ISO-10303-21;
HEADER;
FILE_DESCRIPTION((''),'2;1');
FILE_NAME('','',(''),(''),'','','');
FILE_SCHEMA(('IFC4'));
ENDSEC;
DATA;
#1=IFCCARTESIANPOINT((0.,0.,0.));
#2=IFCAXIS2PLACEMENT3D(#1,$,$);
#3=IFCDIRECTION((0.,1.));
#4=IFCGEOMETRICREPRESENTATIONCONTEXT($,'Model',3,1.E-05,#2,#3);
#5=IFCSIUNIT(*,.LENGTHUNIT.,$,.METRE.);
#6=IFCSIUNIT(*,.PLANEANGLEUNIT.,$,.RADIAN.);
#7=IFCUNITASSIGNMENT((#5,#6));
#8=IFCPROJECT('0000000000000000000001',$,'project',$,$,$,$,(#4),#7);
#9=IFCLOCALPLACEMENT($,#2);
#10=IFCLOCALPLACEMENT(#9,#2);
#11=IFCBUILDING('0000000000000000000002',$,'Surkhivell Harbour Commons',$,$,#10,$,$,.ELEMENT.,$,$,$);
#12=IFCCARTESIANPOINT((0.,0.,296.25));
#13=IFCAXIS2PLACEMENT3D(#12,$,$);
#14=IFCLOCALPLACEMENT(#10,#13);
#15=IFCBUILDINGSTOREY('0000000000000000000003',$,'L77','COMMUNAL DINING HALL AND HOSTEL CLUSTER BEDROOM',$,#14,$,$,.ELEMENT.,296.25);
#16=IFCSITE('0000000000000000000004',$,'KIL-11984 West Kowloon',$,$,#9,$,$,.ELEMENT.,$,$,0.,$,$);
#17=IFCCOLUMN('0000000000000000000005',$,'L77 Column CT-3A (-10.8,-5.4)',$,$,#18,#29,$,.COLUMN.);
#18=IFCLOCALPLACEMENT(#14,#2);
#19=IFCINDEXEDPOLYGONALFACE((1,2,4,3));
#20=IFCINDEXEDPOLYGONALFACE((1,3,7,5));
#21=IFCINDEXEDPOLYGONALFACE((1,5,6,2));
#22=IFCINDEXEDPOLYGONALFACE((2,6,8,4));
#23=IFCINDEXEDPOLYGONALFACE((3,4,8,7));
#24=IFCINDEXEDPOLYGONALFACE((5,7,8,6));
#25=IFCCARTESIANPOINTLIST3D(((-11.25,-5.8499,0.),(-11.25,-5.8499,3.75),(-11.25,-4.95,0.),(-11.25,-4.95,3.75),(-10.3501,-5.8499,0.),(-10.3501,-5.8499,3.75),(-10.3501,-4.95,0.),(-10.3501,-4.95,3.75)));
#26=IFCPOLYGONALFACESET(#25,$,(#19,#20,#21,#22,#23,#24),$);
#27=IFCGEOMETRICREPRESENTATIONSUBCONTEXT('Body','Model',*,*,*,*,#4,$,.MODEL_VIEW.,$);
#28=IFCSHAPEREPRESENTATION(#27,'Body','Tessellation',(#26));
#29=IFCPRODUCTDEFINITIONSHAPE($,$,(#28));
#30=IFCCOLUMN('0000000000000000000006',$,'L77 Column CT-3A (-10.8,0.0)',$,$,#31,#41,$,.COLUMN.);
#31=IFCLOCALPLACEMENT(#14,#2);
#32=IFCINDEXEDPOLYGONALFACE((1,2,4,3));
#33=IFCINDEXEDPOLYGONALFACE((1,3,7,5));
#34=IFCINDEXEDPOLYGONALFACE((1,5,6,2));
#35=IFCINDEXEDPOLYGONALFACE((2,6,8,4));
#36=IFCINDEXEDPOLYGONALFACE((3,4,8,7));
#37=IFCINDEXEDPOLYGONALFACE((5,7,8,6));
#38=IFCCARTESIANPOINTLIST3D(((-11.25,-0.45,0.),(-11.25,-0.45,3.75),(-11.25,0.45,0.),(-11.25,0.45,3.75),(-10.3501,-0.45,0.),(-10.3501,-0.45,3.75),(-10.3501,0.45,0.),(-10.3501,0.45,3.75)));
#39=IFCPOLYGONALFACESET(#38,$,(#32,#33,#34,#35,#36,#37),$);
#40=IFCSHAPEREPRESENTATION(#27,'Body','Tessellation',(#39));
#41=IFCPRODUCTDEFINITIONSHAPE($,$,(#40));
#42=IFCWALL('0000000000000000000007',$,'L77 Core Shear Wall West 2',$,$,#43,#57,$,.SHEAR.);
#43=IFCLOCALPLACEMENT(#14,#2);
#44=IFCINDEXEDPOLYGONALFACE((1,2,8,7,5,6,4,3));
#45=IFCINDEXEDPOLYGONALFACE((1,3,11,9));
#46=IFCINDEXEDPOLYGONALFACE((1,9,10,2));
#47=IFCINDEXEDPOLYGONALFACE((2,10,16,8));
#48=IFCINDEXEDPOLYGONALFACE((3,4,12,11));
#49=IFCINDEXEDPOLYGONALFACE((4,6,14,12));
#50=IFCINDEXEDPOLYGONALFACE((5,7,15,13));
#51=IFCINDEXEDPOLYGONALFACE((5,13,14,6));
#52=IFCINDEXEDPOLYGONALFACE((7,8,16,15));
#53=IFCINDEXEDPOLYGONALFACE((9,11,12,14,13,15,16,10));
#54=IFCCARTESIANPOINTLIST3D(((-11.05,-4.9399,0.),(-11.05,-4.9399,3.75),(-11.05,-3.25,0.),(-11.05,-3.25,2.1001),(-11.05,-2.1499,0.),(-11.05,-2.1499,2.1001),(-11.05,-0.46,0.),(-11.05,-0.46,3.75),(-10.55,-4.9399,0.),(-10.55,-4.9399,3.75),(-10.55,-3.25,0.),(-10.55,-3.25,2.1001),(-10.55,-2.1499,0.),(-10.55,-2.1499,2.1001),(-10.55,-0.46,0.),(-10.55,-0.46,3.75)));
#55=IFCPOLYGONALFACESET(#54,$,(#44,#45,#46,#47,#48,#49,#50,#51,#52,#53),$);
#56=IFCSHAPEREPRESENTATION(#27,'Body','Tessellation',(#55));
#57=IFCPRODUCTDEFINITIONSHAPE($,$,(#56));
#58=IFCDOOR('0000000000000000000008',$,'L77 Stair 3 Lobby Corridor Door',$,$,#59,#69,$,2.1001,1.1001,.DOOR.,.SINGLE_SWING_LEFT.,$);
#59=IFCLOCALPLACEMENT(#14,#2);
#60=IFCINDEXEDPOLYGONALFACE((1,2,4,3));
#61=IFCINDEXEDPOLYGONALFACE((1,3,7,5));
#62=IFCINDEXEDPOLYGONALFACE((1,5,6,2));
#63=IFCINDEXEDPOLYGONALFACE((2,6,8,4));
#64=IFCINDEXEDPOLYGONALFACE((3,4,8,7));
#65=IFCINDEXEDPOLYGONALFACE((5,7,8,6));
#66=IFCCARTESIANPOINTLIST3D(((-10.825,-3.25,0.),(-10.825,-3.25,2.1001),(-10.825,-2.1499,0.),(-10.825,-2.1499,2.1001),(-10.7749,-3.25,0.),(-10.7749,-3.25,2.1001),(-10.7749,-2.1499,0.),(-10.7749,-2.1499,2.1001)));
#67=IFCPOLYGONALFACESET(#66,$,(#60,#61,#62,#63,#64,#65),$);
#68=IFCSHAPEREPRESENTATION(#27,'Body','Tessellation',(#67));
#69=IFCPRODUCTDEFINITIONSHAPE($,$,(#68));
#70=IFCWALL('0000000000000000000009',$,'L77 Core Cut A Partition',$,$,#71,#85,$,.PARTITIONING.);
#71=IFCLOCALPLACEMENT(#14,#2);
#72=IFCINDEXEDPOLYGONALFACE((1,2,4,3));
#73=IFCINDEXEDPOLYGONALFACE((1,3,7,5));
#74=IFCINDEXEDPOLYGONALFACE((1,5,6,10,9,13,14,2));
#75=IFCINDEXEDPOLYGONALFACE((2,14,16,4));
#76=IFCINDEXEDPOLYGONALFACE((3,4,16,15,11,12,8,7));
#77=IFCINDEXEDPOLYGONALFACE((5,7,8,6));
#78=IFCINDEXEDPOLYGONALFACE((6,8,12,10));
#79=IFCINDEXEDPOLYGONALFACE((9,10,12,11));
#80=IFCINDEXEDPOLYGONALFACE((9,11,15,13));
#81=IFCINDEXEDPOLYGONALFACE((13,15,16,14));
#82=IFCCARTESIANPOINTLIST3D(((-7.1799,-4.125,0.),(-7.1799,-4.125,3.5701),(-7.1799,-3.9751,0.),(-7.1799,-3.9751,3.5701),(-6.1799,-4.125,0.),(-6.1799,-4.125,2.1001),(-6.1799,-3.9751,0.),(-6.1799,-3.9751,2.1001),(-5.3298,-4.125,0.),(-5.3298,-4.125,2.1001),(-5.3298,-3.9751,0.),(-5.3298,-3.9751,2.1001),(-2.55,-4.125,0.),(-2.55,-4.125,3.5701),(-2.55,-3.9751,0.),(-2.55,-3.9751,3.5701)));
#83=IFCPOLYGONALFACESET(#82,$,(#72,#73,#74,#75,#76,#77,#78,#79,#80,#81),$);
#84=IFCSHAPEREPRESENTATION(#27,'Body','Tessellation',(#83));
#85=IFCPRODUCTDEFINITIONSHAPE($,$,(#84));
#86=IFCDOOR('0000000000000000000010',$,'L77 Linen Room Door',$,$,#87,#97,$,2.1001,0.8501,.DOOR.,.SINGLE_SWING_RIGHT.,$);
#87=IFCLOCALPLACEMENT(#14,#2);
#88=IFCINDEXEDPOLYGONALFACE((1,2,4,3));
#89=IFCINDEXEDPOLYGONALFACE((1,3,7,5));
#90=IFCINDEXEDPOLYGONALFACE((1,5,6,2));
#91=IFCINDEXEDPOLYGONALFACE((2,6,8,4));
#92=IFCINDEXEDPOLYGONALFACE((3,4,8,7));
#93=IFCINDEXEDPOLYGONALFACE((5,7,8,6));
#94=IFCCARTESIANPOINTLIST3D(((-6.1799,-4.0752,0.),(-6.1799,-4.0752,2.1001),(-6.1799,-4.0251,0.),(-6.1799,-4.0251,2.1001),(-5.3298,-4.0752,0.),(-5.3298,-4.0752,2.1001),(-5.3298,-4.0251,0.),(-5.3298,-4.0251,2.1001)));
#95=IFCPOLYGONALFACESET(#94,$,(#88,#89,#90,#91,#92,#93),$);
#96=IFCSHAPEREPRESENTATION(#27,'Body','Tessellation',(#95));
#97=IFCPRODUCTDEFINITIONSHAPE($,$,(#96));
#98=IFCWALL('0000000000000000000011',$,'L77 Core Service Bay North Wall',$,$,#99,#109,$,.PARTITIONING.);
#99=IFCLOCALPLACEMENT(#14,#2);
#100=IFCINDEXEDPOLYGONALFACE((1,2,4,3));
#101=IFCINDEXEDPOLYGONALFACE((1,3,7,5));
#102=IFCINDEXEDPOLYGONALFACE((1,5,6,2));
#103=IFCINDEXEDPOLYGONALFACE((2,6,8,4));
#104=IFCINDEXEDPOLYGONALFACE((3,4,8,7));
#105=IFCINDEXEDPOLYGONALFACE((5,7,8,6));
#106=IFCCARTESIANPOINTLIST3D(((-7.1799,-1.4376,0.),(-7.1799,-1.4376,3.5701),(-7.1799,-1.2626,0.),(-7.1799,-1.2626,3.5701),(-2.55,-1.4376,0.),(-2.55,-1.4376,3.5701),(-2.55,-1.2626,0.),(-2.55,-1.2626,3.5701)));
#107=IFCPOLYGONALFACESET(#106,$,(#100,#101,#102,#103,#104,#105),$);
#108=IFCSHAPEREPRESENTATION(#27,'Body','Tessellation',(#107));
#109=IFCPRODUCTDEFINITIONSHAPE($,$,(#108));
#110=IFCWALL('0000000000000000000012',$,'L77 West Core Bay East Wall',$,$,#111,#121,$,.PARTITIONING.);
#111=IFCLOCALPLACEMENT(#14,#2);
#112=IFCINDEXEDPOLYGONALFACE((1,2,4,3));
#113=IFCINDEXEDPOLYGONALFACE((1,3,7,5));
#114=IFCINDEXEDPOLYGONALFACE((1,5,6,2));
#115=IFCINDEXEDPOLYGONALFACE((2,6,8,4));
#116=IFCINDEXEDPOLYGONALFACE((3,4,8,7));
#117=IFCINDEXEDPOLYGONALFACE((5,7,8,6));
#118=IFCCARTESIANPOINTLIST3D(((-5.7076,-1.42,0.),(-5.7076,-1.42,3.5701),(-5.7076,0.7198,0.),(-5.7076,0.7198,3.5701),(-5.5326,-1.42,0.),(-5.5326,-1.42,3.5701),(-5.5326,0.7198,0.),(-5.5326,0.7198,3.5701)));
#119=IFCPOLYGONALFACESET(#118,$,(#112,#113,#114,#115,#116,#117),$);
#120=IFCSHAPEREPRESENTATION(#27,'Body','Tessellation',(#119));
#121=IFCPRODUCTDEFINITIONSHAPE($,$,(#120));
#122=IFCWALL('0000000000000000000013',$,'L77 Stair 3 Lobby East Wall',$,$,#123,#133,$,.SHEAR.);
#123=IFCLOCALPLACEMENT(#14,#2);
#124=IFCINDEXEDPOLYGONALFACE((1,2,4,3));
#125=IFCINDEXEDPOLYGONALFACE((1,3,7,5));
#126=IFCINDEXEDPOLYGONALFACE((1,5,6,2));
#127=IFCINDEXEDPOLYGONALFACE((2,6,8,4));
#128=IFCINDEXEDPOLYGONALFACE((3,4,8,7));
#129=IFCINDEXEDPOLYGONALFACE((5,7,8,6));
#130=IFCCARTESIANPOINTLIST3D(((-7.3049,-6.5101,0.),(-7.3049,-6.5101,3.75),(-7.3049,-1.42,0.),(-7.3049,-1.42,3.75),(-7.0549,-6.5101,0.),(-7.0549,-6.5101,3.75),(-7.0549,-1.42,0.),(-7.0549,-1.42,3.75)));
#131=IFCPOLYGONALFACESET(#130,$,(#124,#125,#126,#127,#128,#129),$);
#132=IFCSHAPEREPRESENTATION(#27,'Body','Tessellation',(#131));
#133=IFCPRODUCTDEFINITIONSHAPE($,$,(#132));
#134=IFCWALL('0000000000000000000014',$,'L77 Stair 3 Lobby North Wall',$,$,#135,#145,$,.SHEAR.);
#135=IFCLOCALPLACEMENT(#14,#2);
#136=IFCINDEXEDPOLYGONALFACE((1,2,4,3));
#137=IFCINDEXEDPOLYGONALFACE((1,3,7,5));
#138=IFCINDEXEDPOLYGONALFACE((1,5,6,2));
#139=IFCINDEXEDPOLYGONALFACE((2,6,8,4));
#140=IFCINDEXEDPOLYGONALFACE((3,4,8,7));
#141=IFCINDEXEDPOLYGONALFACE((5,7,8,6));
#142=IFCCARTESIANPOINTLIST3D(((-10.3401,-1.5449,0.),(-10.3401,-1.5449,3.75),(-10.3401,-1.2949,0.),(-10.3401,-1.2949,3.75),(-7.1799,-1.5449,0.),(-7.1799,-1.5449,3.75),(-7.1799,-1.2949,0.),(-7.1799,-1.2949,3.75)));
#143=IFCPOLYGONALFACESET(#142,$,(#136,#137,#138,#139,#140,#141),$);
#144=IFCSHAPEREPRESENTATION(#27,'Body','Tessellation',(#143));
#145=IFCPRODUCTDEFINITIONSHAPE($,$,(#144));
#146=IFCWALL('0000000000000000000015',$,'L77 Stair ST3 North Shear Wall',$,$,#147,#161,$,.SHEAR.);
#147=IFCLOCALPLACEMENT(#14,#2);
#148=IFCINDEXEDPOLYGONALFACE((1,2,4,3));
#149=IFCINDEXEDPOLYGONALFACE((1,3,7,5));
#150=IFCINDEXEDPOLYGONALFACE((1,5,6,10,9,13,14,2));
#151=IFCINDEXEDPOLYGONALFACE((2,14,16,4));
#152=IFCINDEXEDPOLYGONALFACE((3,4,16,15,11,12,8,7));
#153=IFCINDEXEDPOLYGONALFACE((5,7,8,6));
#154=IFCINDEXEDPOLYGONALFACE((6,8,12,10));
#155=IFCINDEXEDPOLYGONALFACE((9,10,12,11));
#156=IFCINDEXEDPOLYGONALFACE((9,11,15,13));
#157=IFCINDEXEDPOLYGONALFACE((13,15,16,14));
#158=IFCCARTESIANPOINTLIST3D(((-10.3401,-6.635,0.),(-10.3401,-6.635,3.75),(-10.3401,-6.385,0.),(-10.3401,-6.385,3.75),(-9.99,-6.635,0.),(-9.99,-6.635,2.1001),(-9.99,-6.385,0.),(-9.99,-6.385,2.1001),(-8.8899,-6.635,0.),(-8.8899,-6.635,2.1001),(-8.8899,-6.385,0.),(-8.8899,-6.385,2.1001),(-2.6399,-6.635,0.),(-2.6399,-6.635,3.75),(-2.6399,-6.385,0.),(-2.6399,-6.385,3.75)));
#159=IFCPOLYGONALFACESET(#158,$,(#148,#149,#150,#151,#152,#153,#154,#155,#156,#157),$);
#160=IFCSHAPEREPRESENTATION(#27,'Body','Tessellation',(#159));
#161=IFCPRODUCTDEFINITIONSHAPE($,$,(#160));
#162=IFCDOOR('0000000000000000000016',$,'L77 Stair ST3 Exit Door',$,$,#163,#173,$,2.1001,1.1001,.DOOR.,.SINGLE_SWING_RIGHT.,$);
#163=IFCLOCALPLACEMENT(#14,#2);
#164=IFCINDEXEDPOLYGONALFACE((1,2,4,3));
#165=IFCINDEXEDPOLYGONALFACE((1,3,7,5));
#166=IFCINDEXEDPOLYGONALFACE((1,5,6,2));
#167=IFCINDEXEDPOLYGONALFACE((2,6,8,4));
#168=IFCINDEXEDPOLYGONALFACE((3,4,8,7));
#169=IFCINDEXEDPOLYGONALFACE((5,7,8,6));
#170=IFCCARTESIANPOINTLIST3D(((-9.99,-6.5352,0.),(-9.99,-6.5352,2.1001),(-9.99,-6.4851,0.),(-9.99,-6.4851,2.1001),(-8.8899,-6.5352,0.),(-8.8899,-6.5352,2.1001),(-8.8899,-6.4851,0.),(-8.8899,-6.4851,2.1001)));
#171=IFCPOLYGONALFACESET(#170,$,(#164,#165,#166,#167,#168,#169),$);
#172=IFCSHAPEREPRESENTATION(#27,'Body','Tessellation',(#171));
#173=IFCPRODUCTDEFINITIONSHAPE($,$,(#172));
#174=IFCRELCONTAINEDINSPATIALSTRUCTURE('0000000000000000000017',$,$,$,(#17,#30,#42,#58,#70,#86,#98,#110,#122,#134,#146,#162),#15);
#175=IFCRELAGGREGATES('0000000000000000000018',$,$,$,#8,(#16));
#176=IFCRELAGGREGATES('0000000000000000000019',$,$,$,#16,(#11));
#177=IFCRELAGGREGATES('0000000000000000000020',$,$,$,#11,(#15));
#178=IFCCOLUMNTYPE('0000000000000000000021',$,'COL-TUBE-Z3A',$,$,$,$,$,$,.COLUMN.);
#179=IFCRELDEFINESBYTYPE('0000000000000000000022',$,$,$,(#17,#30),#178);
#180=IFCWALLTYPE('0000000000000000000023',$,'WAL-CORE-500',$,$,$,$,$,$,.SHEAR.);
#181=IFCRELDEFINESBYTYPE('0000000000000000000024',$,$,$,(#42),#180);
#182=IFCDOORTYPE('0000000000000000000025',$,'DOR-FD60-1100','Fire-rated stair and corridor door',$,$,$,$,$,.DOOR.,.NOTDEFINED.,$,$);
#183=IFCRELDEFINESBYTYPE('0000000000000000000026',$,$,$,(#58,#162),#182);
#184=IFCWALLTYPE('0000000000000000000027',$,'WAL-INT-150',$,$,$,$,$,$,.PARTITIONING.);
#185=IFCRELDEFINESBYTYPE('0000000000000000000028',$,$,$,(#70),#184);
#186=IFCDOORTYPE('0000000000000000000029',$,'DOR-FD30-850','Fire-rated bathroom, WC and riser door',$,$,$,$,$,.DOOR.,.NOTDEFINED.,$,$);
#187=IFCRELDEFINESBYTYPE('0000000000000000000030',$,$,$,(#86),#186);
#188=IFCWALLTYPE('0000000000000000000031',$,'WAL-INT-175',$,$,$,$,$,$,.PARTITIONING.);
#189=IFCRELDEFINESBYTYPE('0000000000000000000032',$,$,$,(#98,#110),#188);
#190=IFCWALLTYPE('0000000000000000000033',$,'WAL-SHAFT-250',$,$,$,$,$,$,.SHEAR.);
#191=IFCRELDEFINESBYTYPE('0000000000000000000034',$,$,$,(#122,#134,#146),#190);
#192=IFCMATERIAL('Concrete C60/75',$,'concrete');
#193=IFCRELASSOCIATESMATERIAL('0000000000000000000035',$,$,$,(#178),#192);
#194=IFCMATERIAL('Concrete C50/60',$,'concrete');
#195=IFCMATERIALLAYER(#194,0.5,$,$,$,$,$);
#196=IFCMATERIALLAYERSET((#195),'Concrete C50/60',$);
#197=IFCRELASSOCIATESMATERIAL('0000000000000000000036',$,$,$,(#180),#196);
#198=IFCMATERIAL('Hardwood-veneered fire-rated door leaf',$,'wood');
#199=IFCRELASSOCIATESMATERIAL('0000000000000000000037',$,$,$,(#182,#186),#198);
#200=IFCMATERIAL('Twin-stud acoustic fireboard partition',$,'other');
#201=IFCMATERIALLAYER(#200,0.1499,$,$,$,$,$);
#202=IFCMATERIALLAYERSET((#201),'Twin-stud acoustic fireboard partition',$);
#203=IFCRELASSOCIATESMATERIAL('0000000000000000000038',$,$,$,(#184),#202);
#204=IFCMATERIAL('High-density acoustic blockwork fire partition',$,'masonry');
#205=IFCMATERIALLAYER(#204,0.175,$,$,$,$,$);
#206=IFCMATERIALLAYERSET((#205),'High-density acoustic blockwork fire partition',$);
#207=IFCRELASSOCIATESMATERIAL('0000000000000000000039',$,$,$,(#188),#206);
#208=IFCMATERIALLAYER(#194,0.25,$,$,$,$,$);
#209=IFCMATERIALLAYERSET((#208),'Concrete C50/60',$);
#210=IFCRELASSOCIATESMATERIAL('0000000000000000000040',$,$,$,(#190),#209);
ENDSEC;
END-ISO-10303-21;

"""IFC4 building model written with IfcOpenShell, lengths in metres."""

from ifc_helpers import new_model, si_unit, direction, frame, frame_2d, origin, origin_2d, place, context, subcontext, project, spatial, rectangle, extrude, material, layer, layer_set, material_profile, profile_set, type_object, element, fill, save


model = new_model("IFC4")

# Units and contexts
model_context = context("Model", 3, precision=1e-05, world=origin(), true_north=direction((0.0, 1.0)))
body_context = subcontext(model_context, "Body", "Model", "MODEL_VIEW")
ifc_project = project(units=[si_unit("LENGTHUNIT", "METRE"), si_unit("PLANEANGLEUNIT", "RADIAN")], contexts=[model_context])

# Site, building, storey
site_placement = place(None, origin())
site = spatial("IfcSite", under=ifc_project, at=site_placement, Name="KIL-11984 West Kowloon", CompositionType="ELEMENT", RefElevation=0.0)
building_placement = place(site_placement, origin())
building = spatial("IfcBuilding", under=site, at=building_placement, Name="Surkhivell Harbour Commons", CompositionType="ELEMENT")
storey_placement = place(building_placement, frame((0.0, 0.0, 296.25)))
storey = spatial("IfcBuildingStorey", under=building, at=storey_placement, Name="L77", Description="COMMUNAL DINING HALL AND HOSTEL CLUSTER BEDROOM", CompositionType="ELEMENT", Elevation=296.25)

# Columns
ifc_material_1 = material(Name="Concrete C60/75", Category="concrete")
ifc_material_profile = material_profile(ifc_material_1, rectangle(XDim=0.8999, YDim=0.8999, at=origin_2d()), Name="RC-COL-900x900")
ifc_profile_set = profile_set([ifc_material_profile], Name="Concrete C60/75")
column_type = type_object("IfcColumnType", Name="COL-TUBE-Z3A", PredefinedType="COLUMN", material=ifc_profile_set)
for number, where, z_axis, x_axis, name in (
    (1, (-10.8, -5.3999, 0.0), (0.0, 0.0, 1.0), (1.0, 0.0, 0.0), "L77 Column CT-3A (-10.8,-5.4)"),
    (2, (-10.8, 0.0, 0.0), (0.0, 0.0, 1.0), (1.0, 0.0, 0.0), "L77 Column CT-3A (-10.8,0.0)"),
):
    element("IfcColumn", number, at=place(storey_placement, frame(where, z_axis=z_axis, x_axis=x_axis)), inside=storey, type_object=column_type, Name=name, PredefinedType="COLUMN", context=body_context, shape_type="SweptSolid", body=[
        extrude(rectangle(XDim=0.8999, YDim=0.8999, at=origin_2d()), origin(), (0.0, 0.0, 1.0), 3.75),
    ])

# Walls, openings, doors
ifc_material_2 = material(Name="Concrete C50/60", Category="concrete")
ifc_layer_1 = layer(ifc_material_2, 0.5)
ifc_layer_set_1 = layer_set([ifc_layer_1], Name="Concrete C50/60")
wall_type_1 = type_object("IfcWallType", Name="WAL-CORE-500", PredefinedType="SHEAR", material=ifc_layer_set_1)
wall_1_placement = place(storey_placement, frame((-10.8, -4.9399, 0.0), z_axis=(0.0, 0.0, 1.0), x_axis=(0.0, 1.0, 0.0)))
wall_1 = element("IfcWall", 3, at=wall_1_placement, inside=storey, type_object=wall_type_1, Name="L77 Core Shear Wall West 2", PredefinedType="SHEAR", context=body_context, shape_type="SweptSolid", body=[
    extrude(rectangle(XDim=4.48, YDim=0.5, at=frame_2d((2.24, 0.0))), origin(), (0.0, 0.0, 1.0), 3.75),
])
opening_1_placement = place(wall_1_placement, frame((1.6899, 0.0, 0.0)))
opening_1 = element("IfcOpeningElement", 4, at=opening_1_placement, cuts=wall_1, PredefinedType="OPENING", context=body_context, shape_type="SweptSolid", body=[
    extrude(rectangle(XDim=1.1001, YDim=2.1001, at=frame_2d((0.55, 1.05))), frame((0.0, 0.26, 0.0), z_axis=(0.0, -1.0, 0.0), x_axis=(1.0, 0.0, 0.0)), (0.0, 0.0, 1.0), 0.52),
])
ifc_material_3 = material(Name="Hardwood-veneered fire-rated door leaf", Category="wood")
door_type_1 = type_object("IfcDoorType", Name="DOR-FD60-1100", Description="Fire-rated stair and corridor door", OperationType="NOTDEFINED", PredefinedType="DOOR", material=ifc_material_3)
door_1_placement = place(opening_1_placement, origin())
door_1 = element("IfcDoor", 5, at=door_1_placement, inside=storey, type_object=door_type_1, Name="L77 Stair 3 Lobby Corridor Door", OperationType="SINGLE_SWING_LEFT", OverallHeight=2.1001, OverallWidth=1.1001, PredefinedType="DOOR", context=body_context, shape_type="SweptSolid", body=[
    extrude(rectangle(XDim=1.1001, YDim=2.1001, at=frame_2d((0.55, 1.05))), frame((0.0, 0.0249, 0.0), z_axis=(0.0, -1.0, 0.0), x_axis=(1.0, 0.0, 0.0)), (0.0, 0.0, 1.0), 0.05),
])
fill(opening_1, door_1)
ifc_material_4 = material(Name="Twin-stud acoustic fireboard partition", Category="other")
ifc_layer_2 = layer(ifc_material_4, 0.1499)
ifc_layer_set_2 = layer_set([ifc_layer_2], Name="Twin-stud acoustic fireboard partition")
wall_type_2 = type_object("IfcWallType", Name="WAL-INT-150", PredefinedType="PARTITIONING", material=ifc_layer_set_2)
wall_2_placement = place(storey_placement, frame((-7.1799, -4.05, 0.0), z_axis=(0.0, 0.0, 1.0), x_axis=(1.0, 0.0, 0.0)))
wall_2 = element("IfcWall", 6, at=wall_2_placement, inside=storey, type_object=wall_type_2, Name="L77 Core Cut A Partition", PredefinedType="PARTITIONING", context=body_context, shape_type="SweptSolid", body=[
    extrude(rectangle(XDim=4.6299, YDim=0.1499, at=frame_2d((2.3149, 0.0))), origin(), (0.0, 0.0, 1.0), 3.5701),
])
opening_2_placement = place(wall_2_placement, frame((1.0, 0.0, 0.0)))
opening_2 = element("IfcOpeningElement", 7, at=opening_2_placement, cuts=wall_2, PredefinedType="OPENING", context=body_context, shape_type="SweptSolid", body=[
    extrude(rectangle(XDim=0.8501, YDim=2.1001, at=frame_2d((0.425, 1.05))), frame((0.0, 0.085, 0.0), z_axis=(0.0, -1.0, 0.0), x_axis=(1.0, 0.0, 0.0)), (0.0, 0.0, 1.0), 0.1699),
])
door_type_2 = type_object("IfcDoorType", Name="DOR-FD30-850", Description="Fire-rated bathroom, WC and riser door", OperationType="NOTDEFINED", PredefinedType="DOOR", material=ifc_material_3)
door_2_placement = place(opening_2_placement, origin())
door_2 = element("IfcDoor", 8, at=door_2_placement, inside=storey, type_object=door_type_2, Name="L77 Linen Room Door", OperationType="SINGLE_SWING_RIGHT", OverallHeight=2.1001, OverallWidth=0.8501, PredefinedType="DOOR", context=body_context, shape_type="SweptSolid", body=[
    extrude(rectangle(XDim=0.8501, YDim=2.1001, at=frame_2d((0.425, 1.05))), frame((0.0, 0.0249, 0.0), z_axis=(0.0, -1.0, 0.0), x_axis=(1.0, 0.0, 0.0)), (0.0, 0.0, 1.0), 0.05),
])
fill(opening_2, door_2)

# Walls
ifc_material_5 = material(Name="High-density acoustic blockwork fire partition", Category="masonry")
ifc_layer_3 = layer(ifc_material_5, 0.175)
ifc_layer_set_3 = layer_set([ifc_layer_3], Name="High-density acoustic blockwork fire partition")
wall_type_3 = type_object("IfcWallType", Name="WAL-INT-175", PredefinedType="PARTITIONING", material=ifc_layer_set_3)
wall_3_placement = place(storey_placement, frame((-7.1799, -1.3501, 0.0), z_axis=(0.0, 0.0, 1.0), x_axis=(1.0, 0.0, 0.0)))
element("IfcWall", 9, at=wall_3_placement, inside=storey, type_object=wall_type_3, Name="L77 Core Service Bay North Wall", PredefinedType="PARTITIONING", context=body_context, shape_type="SweptSolid", body=[
    extrude(rectangle(XDim=4.6299, YDim=0.175, at=frame_2d((2.3149, 0.0))), origin(), (0.0, 0.0, 1.0), 3.5701),
])
wall_4_placement = place(storey_placement, frame((-5.6201, -1.4199, 0.0), z_axis=(0.0, 0.0, 1.0), x_axis=(0.0, 1.0, 0.0)))
element("IfcWall", 10, at=wall_4_placement, inside=storey, type_object=wall_type_3, Name="L77 West Core Bay East Wall", PredefinedType="PARTITIONING", context=body_context, shape_type="SweptSolid", body=[
    extrude(rectangle(XDim=2.1399, YDim=0.175, at=frame_2d((1.0698, 0.0))), origin(), (0.0, 0.0, 1.0), 3.5701),
])
ifc_layer_4 = layer(ifc_material_2, 0.25)
ifc_layer_set_4 = layer_set([ifc_layer_4], Name="Concrete C50/60")
wall_type_4 = type_object("IfcWallType", Name="WAL-SHAFT-250", PredefinedType="SHEAR", material=ifc_layer_set_4)
wall_5_placement = place(storey_placement, frame((-7.1799, -6.51, 0.0), z_axis=(0.0, 0.0, 1.0), x_axis=(0.0, 1.0, 0.0)))
element("IfcWall", 11, at=wall_5_placement, inside=storey, type_object=wall_type_4, Name="L77 Stair 3 Lobby East Wall", PredefinedType="SHEAR", context=body_context, shape_type="SweptSolid", body=[
    extrude(rectangle(XDim=5.0901, YDim=0.25, at=frame_2d((2.5449, 0.0))), origin(), (0.0, 0.0, 1.0), 3.75),
])
wall_6_placement = place(storey_placement, frame((-10.3401, -1.4199, 0.0), z_axis=(0.0, 0.0, 1.0), x_axis=(1.0, 0.0, 0.0)))
element("IfcWall", 12, at=wall_6_placement, inside=storey, type_object=wall_type_4, Name="L77 Stair 3 Lobby North Wall", PredefinedType="SHEAR", context=body_context, shape_type="SweptSolid", body=[
    extrude(rectangle(XDim=3.1602, YDim=0.25, at=frame_2d((1.5801, 0.0))), origin(), (0.0, 0.0, 1.0), 3.75),
])

# Wall, opening, door
wall_7_placement = place(storey_placement, frame((-10.3401, -6.51, 0.0), z_axis=(0.0, 0.0, 1.0), x_axis=(1.0, 0.0, 0.0)))
wall_7 = element("IfcWall", 13, at=wall_7_placement, inside=storey, type_object=wall_type_4, Name="L77 Stair ST3 North Shear Wall", PredefinedType="SHEAR", context=body_context, shape_type="SweptSolid", body=[
    extrude(rectangle(XDim=7.7002, YDim=0.25, at=frame_2d((3.8501, 0.0))), origin(), (0.0, 0.0, 1.0), 3.75),
])
opening_3_placement = place(wall_7_placement, frame((0.3501, 0.0, 0.0)))
opening_3 = element("IfcOpeningElement", 14, at=opening_3_placement, cuts=wall_7, PredefinedType="OPENING", context=body_context, shape_type="SweptSolid", body=[
    extrude(rectangle(XDim=1.1001, YDim=2.1001, at=frame_2d((0.55, 1.05))), frame((0.0, 0.135, 0.0), z_axis=(0.0, -1.0, 0.0), x_axis=(1.0, 0.0, 0.0)), (0.0, 0.0, 1.0), 0.27),
])
door_3_placement = place(opening_3_placement, origin())
door_3 = element("IfcDoor", 15, at=door_3_placement, inside=storey, type_object=door_type_1, Name="L77 Stair ST3 Exit Door", OperationType="SINGLE_SWING_RIGHT", OverallHeight=2.1001, OverallWidth=1.1001, PredefinedType="DOOR", context=body_context, shape_type="SweptSolid", body=[
    extrude(rectangle(XDim=1.1001, YDim=2.1001, at=frame_2d((0.55, 1.05))), frame((0.0, 0.0249, 0.0), z_axis=(0.0, -1.0, 0.0), x_axis=(1.0, 0.0, 0.0)), (0.0, 0.0, 1.0), 0.05),
])
fill(opening_3, door_3)

save(model, "model.ifc")
